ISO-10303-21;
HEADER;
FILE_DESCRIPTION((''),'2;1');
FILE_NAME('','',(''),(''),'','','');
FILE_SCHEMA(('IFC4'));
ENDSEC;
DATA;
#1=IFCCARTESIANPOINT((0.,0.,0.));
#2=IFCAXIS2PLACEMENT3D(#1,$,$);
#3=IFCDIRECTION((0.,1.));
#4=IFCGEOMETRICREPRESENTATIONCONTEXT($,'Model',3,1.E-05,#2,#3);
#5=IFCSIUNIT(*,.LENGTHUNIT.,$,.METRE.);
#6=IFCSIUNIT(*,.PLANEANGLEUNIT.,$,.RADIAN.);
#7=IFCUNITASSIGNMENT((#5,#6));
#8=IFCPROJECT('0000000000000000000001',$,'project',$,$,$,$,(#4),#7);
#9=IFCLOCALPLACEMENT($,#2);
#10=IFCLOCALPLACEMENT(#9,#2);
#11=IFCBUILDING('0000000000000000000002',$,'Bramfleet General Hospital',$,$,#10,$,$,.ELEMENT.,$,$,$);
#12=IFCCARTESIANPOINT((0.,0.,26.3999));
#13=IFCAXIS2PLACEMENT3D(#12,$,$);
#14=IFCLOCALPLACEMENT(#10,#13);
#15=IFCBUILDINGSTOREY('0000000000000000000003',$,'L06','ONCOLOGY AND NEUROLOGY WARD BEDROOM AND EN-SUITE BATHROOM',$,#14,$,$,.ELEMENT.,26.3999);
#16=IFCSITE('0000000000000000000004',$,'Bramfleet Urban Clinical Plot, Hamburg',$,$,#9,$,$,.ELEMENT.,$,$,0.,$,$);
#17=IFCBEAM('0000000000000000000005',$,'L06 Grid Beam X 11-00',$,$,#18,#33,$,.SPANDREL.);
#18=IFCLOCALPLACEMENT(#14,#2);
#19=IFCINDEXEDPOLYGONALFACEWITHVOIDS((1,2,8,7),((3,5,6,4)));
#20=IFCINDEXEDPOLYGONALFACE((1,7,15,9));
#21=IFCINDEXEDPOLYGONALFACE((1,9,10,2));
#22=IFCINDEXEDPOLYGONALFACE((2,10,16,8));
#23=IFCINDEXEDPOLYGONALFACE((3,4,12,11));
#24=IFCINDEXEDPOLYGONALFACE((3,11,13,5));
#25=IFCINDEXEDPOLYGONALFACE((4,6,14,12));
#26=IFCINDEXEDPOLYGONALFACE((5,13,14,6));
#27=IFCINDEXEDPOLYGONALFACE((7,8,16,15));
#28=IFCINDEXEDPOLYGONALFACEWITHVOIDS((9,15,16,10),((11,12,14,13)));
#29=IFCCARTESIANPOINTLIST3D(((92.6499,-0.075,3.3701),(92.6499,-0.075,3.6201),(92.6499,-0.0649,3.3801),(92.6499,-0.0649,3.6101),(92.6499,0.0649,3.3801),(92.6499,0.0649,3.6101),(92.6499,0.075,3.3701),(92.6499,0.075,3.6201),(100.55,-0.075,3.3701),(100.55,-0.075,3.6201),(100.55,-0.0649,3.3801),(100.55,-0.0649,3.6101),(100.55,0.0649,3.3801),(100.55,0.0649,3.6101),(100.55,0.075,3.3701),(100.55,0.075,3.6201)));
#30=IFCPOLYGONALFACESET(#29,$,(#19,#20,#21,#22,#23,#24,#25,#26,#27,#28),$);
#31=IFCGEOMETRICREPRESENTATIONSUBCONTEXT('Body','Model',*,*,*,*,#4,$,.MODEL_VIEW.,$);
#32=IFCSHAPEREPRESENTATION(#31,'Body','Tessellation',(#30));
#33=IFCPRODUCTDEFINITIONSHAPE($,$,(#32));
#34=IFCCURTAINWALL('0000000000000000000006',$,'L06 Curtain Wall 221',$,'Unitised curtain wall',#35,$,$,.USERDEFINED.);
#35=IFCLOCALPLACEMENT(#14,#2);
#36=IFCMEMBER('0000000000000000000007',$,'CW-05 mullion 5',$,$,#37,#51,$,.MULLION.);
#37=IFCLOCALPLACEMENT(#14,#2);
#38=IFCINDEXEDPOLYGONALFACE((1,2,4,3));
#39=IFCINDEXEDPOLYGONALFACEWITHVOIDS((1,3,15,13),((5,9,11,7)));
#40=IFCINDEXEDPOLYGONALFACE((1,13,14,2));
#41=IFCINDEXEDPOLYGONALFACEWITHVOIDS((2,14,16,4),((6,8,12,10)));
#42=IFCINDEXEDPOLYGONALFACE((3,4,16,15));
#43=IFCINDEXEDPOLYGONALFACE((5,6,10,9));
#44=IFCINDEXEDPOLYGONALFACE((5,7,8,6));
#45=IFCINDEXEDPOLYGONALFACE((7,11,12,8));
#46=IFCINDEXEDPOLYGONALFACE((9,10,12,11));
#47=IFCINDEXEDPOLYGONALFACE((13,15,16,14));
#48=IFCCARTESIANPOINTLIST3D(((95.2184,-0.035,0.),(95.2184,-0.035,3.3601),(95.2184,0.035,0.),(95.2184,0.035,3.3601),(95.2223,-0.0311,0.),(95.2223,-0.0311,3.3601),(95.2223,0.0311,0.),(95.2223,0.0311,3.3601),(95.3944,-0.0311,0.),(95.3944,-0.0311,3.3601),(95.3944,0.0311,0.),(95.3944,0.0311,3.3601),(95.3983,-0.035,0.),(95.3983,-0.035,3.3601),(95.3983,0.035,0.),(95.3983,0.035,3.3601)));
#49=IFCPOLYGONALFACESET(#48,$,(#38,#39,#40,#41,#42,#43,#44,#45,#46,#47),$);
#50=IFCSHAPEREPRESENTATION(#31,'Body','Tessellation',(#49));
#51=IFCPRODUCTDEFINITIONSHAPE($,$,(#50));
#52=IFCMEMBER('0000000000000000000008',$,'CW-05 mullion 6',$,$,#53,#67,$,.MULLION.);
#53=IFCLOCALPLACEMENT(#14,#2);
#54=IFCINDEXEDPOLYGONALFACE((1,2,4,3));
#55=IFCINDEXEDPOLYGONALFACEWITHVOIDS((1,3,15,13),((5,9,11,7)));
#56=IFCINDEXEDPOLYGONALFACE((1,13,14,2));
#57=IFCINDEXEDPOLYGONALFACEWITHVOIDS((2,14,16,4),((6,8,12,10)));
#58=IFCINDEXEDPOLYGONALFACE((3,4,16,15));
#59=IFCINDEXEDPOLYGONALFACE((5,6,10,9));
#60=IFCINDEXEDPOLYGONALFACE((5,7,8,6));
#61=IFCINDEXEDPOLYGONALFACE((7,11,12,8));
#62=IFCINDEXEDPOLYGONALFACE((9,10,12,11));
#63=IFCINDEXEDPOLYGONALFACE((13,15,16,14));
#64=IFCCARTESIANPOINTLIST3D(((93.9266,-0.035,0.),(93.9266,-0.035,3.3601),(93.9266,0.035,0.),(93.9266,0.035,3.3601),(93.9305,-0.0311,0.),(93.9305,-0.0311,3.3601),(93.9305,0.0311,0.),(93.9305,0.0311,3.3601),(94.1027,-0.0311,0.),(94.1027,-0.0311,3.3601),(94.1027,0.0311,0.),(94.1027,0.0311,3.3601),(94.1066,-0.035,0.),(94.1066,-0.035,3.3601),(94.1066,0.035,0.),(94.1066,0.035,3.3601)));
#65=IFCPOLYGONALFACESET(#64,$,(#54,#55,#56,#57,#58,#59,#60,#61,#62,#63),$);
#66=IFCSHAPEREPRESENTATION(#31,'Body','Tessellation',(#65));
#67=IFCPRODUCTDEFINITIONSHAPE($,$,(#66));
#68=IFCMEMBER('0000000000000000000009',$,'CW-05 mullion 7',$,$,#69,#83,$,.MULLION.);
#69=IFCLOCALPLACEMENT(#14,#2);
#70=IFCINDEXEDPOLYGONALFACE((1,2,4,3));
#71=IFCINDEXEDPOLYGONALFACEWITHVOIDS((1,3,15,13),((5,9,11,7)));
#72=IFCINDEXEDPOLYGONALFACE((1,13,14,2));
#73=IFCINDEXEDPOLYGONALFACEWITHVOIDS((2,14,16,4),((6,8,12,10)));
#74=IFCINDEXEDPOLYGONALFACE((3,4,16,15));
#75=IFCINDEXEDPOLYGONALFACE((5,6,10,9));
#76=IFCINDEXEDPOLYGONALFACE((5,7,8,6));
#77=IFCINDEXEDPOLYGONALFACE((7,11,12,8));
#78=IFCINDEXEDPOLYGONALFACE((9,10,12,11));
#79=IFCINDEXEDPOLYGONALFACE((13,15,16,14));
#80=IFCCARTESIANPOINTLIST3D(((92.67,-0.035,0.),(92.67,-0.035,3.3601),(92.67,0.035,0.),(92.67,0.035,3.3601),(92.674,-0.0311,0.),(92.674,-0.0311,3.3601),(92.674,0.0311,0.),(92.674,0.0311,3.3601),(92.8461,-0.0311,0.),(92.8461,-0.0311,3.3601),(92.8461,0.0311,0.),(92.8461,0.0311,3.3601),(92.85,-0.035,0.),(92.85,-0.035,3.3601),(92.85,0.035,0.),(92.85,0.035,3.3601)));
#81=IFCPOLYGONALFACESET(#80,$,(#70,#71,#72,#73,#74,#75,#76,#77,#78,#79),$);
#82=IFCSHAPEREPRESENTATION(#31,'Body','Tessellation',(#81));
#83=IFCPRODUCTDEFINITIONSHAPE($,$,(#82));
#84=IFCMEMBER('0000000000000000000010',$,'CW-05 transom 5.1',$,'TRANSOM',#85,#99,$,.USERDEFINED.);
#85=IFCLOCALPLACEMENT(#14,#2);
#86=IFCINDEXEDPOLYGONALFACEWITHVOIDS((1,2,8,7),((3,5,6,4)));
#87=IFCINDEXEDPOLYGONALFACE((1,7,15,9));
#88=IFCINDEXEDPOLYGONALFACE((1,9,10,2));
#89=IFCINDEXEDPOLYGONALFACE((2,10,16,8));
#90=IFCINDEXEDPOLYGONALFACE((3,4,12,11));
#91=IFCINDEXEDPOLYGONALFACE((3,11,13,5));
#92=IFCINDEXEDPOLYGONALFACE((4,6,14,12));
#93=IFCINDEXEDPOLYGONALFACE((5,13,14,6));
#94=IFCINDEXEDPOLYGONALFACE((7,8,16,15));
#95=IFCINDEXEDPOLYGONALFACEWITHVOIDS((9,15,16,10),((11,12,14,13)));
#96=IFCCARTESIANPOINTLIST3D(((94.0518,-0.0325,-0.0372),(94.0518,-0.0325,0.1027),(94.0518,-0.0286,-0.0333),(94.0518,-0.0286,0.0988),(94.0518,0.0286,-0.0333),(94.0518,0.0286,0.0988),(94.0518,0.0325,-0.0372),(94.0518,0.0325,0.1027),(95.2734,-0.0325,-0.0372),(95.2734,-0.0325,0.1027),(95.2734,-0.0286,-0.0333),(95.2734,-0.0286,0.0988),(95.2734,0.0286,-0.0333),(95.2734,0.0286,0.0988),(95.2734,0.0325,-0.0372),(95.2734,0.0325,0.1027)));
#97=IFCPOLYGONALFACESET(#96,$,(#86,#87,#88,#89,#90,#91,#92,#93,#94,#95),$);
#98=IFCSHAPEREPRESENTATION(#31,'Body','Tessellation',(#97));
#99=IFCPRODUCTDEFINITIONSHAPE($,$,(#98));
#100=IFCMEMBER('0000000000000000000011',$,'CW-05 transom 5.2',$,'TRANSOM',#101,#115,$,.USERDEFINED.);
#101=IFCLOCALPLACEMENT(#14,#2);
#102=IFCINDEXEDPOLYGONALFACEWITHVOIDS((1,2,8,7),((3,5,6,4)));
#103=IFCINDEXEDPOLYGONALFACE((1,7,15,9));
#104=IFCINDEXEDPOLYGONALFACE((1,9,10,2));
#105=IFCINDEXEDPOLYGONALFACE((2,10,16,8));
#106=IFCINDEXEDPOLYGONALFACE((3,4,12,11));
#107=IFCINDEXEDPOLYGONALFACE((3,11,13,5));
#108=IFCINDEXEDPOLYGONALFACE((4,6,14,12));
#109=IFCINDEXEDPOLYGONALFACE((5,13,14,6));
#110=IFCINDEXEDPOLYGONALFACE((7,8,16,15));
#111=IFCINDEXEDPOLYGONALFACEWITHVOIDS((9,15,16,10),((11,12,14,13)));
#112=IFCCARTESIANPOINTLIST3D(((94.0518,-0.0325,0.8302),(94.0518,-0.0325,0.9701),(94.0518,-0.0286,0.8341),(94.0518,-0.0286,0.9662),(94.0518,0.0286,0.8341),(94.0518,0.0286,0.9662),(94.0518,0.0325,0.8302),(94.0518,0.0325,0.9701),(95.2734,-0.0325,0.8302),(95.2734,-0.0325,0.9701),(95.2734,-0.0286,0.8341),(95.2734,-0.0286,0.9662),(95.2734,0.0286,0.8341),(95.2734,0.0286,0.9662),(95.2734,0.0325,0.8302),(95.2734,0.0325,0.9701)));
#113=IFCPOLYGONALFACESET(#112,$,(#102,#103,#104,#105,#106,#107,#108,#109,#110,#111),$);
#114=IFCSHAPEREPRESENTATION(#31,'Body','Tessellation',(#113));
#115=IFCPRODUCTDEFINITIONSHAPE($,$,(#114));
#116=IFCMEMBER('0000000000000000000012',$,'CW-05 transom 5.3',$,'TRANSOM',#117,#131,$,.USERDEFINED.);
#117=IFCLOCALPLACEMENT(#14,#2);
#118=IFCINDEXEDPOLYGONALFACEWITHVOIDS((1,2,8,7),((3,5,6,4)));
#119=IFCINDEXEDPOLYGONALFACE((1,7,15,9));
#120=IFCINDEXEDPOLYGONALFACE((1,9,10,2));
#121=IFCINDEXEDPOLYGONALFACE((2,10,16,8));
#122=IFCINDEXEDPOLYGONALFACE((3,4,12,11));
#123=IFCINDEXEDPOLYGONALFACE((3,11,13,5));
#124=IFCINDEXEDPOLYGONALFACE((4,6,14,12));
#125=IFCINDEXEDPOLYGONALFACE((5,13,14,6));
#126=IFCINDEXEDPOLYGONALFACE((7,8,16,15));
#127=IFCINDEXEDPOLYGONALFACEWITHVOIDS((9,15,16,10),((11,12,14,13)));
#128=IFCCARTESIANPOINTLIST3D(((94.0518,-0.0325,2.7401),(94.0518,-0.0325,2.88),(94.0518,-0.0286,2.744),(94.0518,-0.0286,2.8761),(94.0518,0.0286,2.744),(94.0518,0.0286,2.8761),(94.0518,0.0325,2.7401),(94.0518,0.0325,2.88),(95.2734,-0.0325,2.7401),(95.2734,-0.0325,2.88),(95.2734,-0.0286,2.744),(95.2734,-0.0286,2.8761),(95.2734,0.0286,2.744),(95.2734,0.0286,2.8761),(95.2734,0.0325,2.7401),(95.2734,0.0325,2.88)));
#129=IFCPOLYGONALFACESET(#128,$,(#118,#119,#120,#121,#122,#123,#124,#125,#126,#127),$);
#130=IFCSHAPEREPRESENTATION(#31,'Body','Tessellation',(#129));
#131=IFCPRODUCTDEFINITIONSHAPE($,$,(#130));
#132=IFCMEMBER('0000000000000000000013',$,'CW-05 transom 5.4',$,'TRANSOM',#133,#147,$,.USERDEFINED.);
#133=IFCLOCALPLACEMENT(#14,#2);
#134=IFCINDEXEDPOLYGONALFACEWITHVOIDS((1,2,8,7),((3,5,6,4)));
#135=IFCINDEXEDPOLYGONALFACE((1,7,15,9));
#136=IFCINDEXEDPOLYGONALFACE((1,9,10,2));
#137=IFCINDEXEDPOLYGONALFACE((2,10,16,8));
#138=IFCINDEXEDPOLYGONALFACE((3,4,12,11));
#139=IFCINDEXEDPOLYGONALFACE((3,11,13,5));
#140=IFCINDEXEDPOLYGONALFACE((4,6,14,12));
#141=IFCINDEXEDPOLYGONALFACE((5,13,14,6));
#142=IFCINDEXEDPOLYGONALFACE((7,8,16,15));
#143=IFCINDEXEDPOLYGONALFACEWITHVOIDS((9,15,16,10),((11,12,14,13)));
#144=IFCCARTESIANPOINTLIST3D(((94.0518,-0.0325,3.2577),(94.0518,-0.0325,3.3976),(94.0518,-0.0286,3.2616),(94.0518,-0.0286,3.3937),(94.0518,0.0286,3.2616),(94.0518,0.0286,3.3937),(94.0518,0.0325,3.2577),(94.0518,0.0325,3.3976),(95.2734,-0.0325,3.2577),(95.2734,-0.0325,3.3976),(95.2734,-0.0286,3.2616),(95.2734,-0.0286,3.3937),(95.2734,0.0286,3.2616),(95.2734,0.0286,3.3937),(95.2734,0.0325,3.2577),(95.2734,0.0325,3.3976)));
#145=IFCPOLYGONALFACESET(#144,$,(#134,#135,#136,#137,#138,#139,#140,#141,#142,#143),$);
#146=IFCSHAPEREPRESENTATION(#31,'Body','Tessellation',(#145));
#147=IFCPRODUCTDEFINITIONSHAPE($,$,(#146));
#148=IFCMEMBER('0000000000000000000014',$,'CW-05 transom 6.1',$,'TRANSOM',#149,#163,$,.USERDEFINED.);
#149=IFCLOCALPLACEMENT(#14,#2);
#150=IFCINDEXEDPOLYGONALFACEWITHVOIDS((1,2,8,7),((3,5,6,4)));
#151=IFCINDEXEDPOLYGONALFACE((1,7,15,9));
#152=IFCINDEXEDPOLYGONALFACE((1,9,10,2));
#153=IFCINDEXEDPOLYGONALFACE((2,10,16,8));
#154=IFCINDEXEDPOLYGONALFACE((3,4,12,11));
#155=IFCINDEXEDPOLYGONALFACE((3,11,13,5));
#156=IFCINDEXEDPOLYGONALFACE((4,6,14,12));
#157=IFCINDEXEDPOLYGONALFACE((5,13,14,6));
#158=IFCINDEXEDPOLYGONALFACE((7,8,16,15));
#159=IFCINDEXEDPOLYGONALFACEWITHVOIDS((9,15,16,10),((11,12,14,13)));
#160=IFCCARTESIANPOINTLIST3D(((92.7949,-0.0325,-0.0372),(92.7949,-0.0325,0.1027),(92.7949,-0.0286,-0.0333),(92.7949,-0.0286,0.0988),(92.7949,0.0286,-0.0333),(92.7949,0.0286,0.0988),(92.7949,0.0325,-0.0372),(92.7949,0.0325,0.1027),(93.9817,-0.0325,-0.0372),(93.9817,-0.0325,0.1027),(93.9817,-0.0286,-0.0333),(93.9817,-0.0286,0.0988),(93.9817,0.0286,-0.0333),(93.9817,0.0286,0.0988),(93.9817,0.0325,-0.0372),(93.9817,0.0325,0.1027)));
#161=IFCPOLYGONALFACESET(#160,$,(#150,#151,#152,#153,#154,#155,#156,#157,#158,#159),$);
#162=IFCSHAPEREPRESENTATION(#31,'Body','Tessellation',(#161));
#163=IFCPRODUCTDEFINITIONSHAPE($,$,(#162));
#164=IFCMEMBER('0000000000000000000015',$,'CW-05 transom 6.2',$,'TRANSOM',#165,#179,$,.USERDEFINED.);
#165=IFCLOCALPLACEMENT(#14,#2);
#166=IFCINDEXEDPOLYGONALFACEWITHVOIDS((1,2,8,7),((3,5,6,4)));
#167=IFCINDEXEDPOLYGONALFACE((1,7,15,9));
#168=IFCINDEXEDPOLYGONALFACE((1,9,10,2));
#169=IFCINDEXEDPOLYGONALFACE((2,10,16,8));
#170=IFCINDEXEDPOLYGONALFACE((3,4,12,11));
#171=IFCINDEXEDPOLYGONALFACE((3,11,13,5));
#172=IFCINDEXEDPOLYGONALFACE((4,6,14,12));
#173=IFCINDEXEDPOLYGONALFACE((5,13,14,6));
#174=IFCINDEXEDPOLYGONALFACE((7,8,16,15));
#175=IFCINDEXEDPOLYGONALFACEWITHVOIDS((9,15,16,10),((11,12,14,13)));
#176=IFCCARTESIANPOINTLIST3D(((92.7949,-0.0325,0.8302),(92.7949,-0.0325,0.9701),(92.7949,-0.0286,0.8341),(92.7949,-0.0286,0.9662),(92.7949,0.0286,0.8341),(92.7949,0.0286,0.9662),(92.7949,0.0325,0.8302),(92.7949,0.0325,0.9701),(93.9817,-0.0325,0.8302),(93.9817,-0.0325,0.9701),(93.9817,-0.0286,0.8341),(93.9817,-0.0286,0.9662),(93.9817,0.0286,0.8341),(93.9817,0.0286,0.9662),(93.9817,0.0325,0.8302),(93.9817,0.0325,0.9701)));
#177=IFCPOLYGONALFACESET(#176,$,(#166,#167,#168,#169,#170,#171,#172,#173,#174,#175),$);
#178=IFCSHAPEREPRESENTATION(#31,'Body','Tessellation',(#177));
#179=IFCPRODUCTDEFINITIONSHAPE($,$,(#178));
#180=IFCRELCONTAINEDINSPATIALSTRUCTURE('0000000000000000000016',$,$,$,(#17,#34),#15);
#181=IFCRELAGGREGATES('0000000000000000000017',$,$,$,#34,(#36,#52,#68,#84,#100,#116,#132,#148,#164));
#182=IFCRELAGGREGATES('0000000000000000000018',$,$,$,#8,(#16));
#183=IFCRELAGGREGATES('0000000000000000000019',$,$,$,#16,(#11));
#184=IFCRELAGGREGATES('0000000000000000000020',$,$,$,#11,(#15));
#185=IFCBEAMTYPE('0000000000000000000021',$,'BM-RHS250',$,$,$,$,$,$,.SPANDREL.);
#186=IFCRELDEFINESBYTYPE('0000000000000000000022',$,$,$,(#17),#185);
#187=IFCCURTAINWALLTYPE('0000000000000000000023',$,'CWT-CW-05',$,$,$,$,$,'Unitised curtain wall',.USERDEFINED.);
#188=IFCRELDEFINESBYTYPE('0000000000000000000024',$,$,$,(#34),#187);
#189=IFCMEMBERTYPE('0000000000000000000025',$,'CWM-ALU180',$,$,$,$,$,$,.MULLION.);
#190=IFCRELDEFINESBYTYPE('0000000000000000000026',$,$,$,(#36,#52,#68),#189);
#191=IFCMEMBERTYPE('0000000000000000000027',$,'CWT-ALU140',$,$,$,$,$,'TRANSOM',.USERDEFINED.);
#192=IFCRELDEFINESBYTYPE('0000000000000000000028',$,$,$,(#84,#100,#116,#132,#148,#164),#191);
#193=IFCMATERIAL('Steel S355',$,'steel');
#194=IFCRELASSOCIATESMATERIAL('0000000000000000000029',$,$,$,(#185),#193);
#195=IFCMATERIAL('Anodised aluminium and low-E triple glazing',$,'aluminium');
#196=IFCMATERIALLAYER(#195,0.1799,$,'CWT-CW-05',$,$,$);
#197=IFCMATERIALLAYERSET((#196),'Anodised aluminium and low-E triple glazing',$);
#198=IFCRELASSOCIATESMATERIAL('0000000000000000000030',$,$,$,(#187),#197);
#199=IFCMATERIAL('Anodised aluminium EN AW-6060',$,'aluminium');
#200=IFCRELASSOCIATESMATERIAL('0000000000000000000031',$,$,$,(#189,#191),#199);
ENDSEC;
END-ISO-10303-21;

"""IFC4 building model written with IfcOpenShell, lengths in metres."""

from ifc_helpers import new_model, si_unit, direction, frame, origin, origin_2d, place, context, subcontext, project, spatial, hollow_rectangle, extrude, material, layer, layer_set, material_profile, profile_set, type_object, element, aggregate, save


model = new_model("IFC4")

# Units and contexts
model_context = context("Model", 3, precision=1e-05, world=origin(), true_north=direction((0.0, 1.0)))
body_context = subcontext(model_context, "Body", "Model", "MODEL_VIEW")
ifc_project = project(units=[si_unit("LENGTHUNIT", "METRE"), si_unit("PLANEANGLEUNIT", "RADIAN")], contexts=[model_context])

# Site, building, storey
site_placement = place(None, origin())
site = spatial("IfcSite", under=ifc_project, at=site_placement, Name="Bramfleet Urban Clinical Plot, Hamburg", CompositionType="ELEMENT", RefElevation=0.0)
building_placement = place(site_placement, origin())
building = spatial("IfcBuilding", under=site, at=building_placement, Name="Bramfleet General Hospital", CompositionType="ELEMENT")
storey_placement = place(building_placement, frame((0.0, 0.0, 26.3999)))
storey = spatial("IfcBuildingStorey", under=building, at=storey_placement, Name="L06", Description="ONCOLOGY AND NEUROLOGY WARD BEDROOM AND EN-SUITE BATHROOM", CompositionType="ELEMENT", Elevation=26.3999)

# Beam
ifc_material_1 = material(Name="Steel S355", Category="steel")
ifc_material_profile_1 = material_profile(ifc_material_1, hollow_rectangle(XDim=0.1499, YDim=0.25, WallThickness=0.01, at=origin_2d()), Name="RHS 250x150x10.0")
ifc_profile_set_1 = profile_set([ifc_material_profile_1], Name="Steel S355")
beam_type = type_object("IfcBeamType", Name="BM-RHS250", PredefinedType="SPANDREL", material=ifc_profile_set_1)
beam_placement = place(storey_placement, frame((92.6499, 0.0, 3.4951), z_axis=(1.0, 0.0, 0.0), x_axis=(0.0, 1.0, 0.0)))
element("IfcBeam", 1, at=beam_placement, inside=storey, type_object=beam_type, Name="L06 Grid Beam X 11-00", PredefinedType="SPANDREL", context=body_context, shape_type="SweptSolid", body=[
    extrude(hollow_rectangle(XDim=0.1499, YDim=0.25, WallThickness=0.01, at=origin_2d()), origin(), (0.0, 0.0, 1.0), 7.9001),
])

# Curtain wall, members
ifc_material_2 = material(Name="Anodised aluminium and low-E triple glazing", Category="aluminium")
ifc_layer_1 = layer(ifc_material_2, 0.1799, Name="CWT-CW-05")
ifc_layer_set_1 = layer_set([ifc_layer_1], Name="Anodised aluminium and low-E triple glazing")
curtain_wall_type = type_object("IfcCurtainWallType", Name="CWT-CW-05", ElementType="Unitised curtain wall", PredefinedType="USERDEFINED", material=ifc_layer_set_1)
curtain_wall_placement = place(storey_placement, origin())
curtain_wall = element("IfcCurtainWall", 2, at=curtain_wall_placement, inside=storey, type_object=curtain_wall_type, Name="L06 Curtain Wall 221", ObjectType="Unitised curtain wall", PredefinedType="USERDEFINED")
ifc_material_3 = material(Name="Anodised aluminium EN AW-6060", Category="aluminium")
ifc_material_profile_2 = material_profile(ifc_material_3, hollow_rectangle(XDim=0.0701, YDim=0.1799, WallThickness=0.0039, at=origin_2d()), Name="ALU 180x70x4.0")
ifc_profile_set_2 = profile_set([ifc_material_profile_2], Name="Anodised aluminium EN AW-6060")
member_type_1 = type_object("IfcMemberType", Name="CWM-ALU180", PredefinedType="MULLION", material=ifc_profile_set_2)
member_1_placement = place(storey_placement, frame((95.3083, 0.0, 0.0), z_axis=(0.0, 0.0, 1.0), x_axis=(0.0, -1.0, 0.0)))
member_1 = element("IfcMember", 3, at=member_1_placement, type_object=member_type_1, Name="CW-05 mullion 5", PredefinedType="MULLION", context=body_context, shape_type="SweptSolid", body=[
    extrude(hollow_rectangle(XDim=0.0701, YDim=0.1799, WallThickness=0.0039, at=origin_2d()), origin(), (0.0, 0.0, 1.0), 3.3601),
])
member_2_placement = place(storey_placement, frame((94.0166, 0.0, 0.0), z_axis=(0.0, 0.0, 1.0), x_axis=(0.0, -1.0, 0.0)))
member_2 = element("IfcMember", 4, at=member_2_placement, type_object=member_type_1, Name="CW-05 mullion 6", PredefinedType="MULLION", context=body_context, shape_type="SweptSolid", body=[
    extrude(hollow_rectangle(XDim=0.0701, YDim=0.1799, WallThickness=0.0039, at=origin_2d()), origin(), (0.0, 0.0, 1.0), 3.3601),
])
member_3_placement = place(storey_placement, frame((92.76, 0.0, 0.0), z_axis=(0.0, 0.0, 1.0), x_axis=(0.0, -1.0, 0.0)))
member_3 = element("IfcMember", 5, at=member_3_placement, type_object=member_type_1, Name="CW-05 mullion 7", PredefinedType="MULLION", context=body_context, shape_type="SweptSolid", body=[
    extrude(hollow_rectangle(XDim=0.0701, YDim=0.1799, WallThickness=0.0039, at=origin_2d()), origin(), (0.0, 0.0, 1.0), 3.3601),
])
ifc_material_profile_3 = material_profile(ifc_material_3, hollow_rectangle(XDim=0.0649, YDim=0.1399, WallThickness=0.0039, at=origin_2d()), Name="ALU 140x65x4.0")
ifc_profile_set_3 = profile_set([ifc_material_profile_3], Name="Anodised aluminium EN AW-6060")
member_type_2 = type_object("IfcMemberType", Name="CWT-ALU140", ElementType="TRANSOM", PredefinedType="USERDEFINED", material=ifc_profile_set_3)
member_4_placement = place(storey_placement, frame((95.2734, 0.0, 0.0327), z_axis=(-1.0, 0.0, 0.0), x_axis=(0.0, -1.0, 0.0)))
member_4 = element("IfcMember", 6, at=member_4_placement, type_object=member_type_2, Name="CW-05 transom 5.1", ObjectType="TRANSOM", PredefinedType="USERDEFINED", context=body_context, shape_type="SweptSolid", body=[
    extrude(hollow_rectangle(XDim=0.0649, YDim=0.1399, WallThickness=0.0039, at=origin_2d()), origin(), (0.0, 0.0, 1.0), 1.2217),
])
member_5_placement = place(storey_placement, frame((95.2734, 0.0, 0.9001), z_axis=(-1.0, 0.0, 0.0), x_axis=(0.0, -1.0, 0.0)))
member_5 = element("IfcMember", 7, at=member_5_placement, type_object=member_type_2, Name="CW-05 transom 5.2", ObjectType="TRANSOM", PredefinedType="USERDEFINED", context=body_context, shape_type="SweptSolid", body=[
    extrude(hollow_rectangle(XDim=0.0649, YDim=0.1399, WallThickness=0.0039, at=origin_2d()), origin(), (0.0, 0.0, 1.0), 1.2217),
])
member_6_placement = place(storey_placement, frame((95.2734, 0.0, 2.8101), z_axis=(-1.0, 0.0, 0.0), x_axis=(0.0, -1.0, 0.0)))
member_6 = element("IfcMember", 8, at=member_6_placement, type_object=member_type_2, Name="CW-05 transom 5.3", ObjectType="TRANSOM", PredefinedType="USERDEFINED", context=body_context, shape_type="SweptSolid", body=[
    extrude(hollow_rectangle(XDim=0.0649, YDim=0.1399, WallThickness=0.0039, at=origin_2d()), origin(), (0.0, 0.0, 1.0), 1.2217),
])
member_7_placement = place(storey_placement, frame((95.2734, 0.0, 3.3276), z_axis=(-1.0, 0.0, 0.0), x_axis=(0.0, -1.0, 0.0)))
member_7 = element("IfcMember", 9, at=member_7_placement, type_object=member_type_2, Name="CW-05 transom 5.4", ObjectType="TRANSOM", PredefinedType="USERDEFINED", context=body_context, shape_type="SweptSolid", body=[
    extrude(hollow_rectangle(XDim=0.0649, YDim=0.1399, WallThickness=0.0039, at=origin_2d()), origin(), (0.0, 0.0, 1.0), 1.2217),
])
member_8_placement = place(storey_placement, frame((93.9817, 0.0, 0.0327), z_axis=(-1.0, 0.0, 0.0), x_axis=(0.0, -1.0, 0.0)))
member_8 = element("IfcMember", 10, at=member_8_placement, type_object=member_type_2, Name="CW-05 transom 6.1", ObjectType="TRANSOM", PredefinedType="USERDEFINED", context=body_context, shape_type="SweptSolid", body=[
    extrude(hollow_rectangle(XDim=0.0649, YDim=0.1399, WallThickness=0.0039, at=origin_2d()), origin(), (0.0, 0.0, 1.0), 1.1868),
])
member_9_placement = place(storey_placement, frame((93.9817, 0.0, 0.9001), z_axis=(-1.0, 0.0, 0.0), x_axis=(0.0, -1.0, 0.0)))
member_9 = element("IfcMember", 11, at=member_9_placement, type_object=member_type_2, Name="CW-05 transom 6.2", ObjectType="TRANSOM", PredefinedType="USERDEFINED", context=body_context, shape_type="SweptSolid", body=[
    extrude(hollow_rectangle(XDim=0.0649, YDim=0.1399, WallThickness=0.0039, at=origin_2d()), origin(), (0.0, 0.0, 1.0), 1.1868),
])
aggregate(curtain_wall, [member_1, member_2, member_3, member_4, member_5, member_6, member_7, member_8, member_9])

save(model, "model.ifc")
